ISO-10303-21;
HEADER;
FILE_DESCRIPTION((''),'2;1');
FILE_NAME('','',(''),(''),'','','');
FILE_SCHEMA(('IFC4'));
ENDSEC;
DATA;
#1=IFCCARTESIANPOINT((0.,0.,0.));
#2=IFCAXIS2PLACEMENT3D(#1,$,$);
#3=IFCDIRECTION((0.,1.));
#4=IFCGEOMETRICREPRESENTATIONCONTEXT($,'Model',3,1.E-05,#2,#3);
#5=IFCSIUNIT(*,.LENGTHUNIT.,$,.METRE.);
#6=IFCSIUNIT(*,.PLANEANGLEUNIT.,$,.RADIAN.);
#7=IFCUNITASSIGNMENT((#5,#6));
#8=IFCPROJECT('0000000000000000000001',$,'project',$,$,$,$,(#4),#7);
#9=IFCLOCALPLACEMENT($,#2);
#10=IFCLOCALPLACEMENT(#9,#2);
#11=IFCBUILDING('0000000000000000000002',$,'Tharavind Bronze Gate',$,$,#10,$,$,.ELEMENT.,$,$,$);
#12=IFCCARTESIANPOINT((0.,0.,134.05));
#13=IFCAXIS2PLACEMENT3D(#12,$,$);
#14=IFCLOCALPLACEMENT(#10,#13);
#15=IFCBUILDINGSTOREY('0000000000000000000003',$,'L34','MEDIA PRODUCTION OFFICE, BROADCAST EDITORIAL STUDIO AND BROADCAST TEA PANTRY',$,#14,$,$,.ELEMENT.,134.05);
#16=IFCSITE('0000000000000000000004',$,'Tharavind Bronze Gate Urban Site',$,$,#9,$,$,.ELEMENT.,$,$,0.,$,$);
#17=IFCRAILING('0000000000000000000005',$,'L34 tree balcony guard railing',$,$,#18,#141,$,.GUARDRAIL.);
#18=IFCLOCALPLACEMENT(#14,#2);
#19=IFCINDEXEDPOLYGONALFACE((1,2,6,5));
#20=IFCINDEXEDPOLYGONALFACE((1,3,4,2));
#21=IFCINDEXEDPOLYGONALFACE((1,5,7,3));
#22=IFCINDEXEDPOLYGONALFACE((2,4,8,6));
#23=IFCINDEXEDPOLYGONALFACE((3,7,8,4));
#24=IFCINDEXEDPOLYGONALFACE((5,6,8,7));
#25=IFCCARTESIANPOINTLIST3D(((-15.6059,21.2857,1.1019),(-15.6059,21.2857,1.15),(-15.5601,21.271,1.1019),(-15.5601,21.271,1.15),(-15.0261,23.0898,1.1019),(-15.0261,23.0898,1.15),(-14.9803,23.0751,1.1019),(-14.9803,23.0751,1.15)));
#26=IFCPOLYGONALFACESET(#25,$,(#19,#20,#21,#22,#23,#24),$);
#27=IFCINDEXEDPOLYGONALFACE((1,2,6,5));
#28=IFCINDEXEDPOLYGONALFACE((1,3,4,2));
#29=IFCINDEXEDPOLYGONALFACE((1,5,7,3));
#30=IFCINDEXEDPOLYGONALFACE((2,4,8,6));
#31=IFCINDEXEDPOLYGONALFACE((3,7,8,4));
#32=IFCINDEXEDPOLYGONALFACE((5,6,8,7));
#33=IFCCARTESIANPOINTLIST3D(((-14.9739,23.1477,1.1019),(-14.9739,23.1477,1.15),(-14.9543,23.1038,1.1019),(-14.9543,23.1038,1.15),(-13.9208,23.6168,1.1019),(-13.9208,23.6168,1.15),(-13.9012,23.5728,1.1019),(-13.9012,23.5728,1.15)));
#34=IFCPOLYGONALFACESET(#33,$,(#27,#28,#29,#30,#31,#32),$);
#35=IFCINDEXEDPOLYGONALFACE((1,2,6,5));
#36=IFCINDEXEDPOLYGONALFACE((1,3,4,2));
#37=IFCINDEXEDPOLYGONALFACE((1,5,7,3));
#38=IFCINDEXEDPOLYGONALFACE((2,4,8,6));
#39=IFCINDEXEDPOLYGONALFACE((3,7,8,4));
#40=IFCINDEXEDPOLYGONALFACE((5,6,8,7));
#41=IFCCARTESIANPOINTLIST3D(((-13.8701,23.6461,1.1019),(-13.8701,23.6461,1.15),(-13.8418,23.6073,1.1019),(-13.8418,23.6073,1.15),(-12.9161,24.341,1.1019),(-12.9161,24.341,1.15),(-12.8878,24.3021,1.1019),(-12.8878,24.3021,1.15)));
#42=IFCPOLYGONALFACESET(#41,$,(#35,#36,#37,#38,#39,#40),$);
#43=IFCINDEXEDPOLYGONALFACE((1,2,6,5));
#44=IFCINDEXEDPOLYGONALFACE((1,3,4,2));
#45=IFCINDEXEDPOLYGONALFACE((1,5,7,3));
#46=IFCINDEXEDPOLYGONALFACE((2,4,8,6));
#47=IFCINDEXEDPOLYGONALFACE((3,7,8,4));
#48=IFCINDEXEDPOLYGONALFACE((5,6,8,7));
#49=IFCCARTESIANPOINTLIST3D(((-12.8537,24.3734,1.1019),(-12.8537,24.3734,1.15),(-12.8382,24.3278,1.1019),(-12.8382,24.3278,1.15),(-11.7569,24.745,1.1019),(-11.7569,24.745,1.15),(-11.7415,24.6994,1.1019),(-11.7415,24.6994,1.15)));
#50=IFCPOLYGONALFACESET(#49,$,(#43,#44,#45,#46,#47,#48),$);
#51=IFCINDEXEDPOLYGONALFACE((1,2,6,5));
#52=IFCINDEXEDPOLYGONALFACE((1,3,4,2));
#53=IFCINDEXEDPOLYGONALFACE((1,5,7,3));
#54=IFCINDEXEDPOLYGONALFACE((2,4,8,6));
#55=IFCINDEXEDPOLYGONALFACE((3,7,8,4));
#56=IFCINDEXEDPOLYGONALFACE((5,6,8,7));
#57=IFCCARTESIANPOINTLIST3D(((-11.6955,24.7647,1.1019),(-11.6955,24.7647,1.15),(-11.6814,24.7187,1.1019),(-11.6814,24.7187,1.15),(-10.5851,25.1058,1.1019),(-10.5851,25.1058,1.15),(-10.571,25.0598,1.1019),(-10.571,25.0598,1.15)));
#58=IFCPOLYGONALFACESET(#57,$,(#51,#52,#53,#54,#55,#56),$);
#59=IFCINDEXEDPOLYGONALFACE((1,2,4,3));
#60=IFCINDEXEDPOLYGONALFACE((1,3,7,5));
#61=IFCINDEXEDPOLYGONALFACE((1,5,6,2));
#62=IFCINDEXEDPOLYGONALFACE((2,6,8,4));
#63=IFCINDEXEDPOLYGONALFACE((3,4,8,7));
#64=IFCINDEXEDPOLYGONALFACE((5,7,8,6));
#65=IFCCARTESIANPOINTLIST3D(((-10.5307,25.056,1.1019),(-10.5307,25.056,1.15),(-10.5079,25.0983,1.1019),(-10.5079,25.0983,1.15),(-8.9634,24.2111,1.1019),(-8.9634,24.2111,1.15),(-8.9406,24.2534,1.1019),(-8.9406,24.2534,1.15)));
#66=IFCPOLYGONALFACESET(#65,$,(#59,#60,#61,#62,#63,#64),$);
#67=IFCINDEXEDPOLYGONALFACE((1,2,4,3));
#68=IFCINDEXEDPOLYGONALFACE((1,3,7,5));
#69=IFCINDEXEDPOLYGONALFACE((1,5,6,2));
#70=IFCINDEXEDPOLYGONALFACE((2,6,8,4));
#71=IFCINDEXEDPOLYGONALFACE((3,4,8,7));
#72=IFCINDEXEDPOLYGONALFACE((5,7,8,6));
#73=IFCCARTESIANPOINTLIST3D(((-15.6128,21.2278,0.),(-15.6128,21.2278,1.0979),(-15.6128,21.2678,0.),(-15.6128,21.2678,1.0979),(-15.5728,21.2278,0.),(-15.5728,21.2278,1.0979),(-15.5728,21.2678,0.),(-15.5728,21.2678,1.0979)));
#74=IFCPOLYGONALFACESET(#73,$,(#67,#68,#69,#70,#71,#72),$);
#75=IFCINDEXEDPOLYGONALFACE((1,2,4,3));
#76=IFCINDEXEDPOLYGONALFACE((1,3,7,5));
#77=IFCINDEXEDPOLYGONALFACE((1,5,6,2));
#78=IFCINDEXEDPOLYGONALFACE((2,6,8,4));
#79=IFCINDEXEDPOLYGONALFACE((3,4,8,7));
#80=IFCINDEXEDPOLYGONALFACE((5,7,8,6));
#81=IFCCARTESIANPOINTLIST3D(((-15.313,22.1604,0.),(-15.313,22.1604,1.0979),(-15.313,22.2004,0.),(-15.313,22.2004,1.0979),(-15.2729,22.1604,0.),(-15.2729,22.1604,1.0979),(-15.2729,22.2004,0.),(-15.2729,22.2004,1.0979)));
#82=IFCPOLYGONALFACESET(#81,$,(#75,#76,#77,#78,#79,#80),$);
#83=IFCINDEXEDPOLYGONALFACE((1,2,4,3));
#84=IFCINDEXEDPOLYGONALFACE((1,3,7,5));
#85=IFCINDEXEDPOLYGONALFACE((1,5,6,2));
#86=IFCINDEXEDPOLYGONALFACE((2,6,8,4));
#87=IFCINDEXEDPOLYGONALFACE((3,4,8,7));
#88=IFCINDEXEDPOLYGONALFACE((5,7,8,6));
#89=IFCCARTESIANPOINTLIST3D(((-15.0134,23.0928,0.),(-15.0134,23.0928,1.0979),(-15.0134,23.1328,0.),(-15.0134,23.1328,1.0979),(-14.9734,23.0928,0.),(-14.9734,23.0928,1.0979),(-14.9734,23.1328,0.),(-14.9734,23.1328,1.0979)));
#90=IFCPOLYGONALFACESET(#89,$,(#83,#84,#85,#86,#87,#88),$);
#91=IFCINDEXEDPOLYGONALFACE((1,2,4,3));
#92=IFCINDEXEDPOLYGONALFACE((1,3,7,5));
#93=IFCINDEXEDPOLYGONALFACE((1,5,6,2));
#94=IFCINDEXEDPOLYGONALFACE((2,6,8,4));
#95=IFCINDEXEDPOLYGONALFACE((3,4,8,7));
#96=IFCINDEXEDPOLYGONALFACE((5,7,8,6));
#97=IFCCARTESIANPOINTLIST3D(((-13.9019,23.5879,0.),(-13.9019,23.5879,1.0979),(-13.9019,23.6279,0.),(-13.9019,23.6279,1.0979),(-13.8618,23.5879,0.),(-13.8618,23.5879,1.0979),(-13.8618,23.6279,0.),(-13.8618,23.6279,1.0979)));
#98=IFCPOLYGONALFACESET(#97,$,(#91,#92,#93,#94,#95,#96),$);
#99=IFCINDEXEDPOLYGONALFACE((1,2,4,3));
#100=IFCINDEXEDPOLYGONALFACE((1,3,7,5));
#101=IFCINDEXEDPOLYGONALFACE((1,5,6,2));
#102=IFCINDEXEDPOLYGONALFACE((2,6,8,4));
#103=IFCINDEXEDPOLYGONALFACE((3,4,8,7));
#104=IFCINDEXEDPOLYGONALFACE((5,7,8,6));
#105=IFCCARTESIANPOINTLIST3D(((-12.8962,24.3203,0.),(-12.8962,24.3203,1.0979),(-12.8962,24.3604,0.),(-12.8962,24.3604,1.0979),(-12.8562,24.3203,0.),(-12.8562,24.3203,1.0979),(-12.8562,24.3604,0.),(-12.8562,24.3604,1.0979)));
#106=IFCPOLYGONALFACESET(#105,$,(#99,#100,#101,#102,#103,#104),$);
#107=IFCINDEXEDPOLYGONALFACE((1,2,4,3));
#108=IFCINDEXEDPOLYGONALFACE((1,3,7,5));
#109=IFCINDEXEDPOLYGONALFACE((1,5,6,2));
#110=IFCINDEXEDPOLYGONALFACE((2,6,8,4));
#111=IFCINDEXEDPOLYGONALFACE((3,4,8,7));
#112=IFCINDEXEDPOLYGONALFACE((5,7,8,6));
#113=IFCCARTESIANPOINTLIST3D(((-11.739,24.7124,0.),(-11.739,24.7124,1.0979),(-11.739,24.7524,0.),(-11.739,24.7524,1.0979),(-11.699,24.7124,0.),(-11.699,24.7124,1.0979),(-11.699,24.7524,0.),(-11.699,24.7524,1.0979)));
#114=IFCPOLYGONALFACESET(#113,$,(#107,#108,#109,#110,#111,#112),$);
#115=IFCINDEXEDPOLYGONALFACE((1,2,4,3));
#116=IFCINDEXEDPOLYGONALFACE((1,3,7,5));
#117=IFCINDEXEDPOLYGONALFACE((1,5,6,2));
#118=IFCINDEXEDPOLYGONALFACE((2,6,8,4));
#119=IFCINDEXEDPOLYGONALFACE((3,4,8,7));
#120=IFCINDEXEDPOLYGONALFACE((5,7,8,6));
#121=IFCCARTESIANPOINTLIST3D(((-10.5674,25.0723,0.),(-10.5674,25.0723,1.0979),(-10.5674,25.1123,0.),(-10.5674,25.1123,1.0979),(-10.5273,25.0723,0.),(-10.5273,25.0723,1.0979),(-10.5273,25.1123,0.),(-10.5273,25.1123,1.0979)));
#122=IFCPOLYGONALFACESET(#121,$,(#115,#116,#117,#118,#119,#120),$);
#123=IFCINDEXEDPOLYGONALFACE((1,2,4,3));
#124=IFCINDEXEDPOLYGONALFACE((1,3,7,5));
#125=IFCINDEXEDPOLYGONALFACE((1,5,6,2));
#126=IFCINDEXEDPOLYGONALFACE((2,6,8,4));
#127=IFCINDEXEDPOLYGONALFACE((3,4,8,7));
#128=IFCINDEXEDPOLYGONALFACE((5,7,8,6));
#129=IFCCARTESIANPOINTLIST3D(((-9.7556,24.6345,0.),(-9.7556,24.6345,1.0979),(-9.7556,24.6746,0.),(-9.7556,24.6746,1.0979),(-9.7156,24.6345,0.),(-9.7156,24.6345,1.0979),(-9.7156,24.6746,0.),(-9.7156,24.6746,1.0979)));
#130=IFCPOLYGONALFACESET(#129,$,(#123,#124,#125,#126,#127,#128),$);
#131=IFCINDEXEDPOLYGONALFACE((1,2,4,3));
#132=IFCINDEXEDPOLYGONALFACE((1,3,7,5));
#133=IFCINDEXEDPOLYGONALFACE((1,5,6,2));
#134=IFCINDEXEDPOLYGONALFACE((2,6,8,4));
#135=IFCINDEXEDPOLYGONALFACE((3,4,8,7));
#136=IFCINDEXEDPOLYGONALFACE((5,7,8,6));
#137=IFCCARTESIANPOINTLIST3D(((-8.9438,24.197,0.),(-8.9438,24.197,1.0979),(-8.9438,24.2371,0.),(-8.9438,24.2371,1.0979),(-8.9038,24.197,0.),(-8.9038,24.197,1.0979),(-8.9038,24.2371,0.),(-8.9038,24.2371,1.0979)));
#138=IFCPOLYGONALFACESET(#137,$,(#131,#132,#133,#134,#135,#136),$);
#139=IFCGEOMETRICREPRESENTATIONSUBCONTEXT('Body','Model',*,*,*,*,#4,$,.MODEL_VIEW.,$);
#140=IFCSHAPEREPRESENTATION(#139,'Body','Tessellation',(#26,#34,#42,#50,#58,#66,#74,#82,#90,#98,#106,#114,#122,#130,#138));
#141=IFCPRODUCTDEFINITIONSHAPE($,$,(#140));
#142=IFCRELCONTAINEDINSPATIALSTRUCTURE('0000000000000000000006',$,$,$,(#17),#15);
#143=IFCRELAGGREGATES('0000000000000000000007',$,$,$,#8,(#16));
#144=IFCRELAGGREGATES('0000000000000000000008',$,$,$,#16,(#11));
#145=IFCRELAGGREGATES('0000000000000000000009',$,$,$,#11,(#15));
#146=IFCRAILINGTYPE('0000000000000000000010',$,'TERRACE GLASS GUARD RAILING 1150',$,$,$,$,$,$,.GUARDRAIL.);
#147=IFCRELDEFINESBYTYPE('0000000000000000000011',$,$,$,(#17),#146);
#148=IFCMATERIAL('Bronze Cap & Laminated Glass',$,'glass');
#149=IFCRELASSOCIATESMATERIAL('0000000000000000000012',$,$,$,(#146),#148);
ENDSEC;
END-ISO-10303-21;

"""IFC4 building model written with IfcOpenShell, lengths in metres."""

from ifc_helpers import new_model, si_unit, direction, frame, origin, origin_2d, place, context, subcontext, project, spatial, rectangle, extrude, material, type_object, element, save


model = new_model("IFC4")

# Units and contexts
model_context = context("Model", 3, precision=1e-05, world=origin(), true_north=direction((0.0, 1.0)))
body_context = subcontext(model_context, "Body", "Model", "MODEL_VIEW")
ifc_project = project(units=[si_unit("LENGTHUNIT", "METRE"), si_unit("PLANEANGLEUNIT", "RADIAN")], contexts=[model_context])

# Site, building, storey
site_placement = place(None, origin())
site = spatial("IfcSite", under=ifc_project, at=site_placement, Name="Tharavind Bronze Gate Urban Site", CompositionType="ELEMENT", RefElevation=0.0)
building_placement = place(site_placement, origin())
building = spatial("IfcBuilding", under=site, at=building_placement, Name="Tharavind Bronze Gate", CompositionType="ELEMENT")
storey_placement = place(building_placement, frame((0.0, 0.0, 134.05)))
storey = spatial("IfcBuildingStorey", under=building, at=storey_placement, Name="L34", Description="MEDIA PRODUCTION OFFICE, BROADCAST EDITORIAL STUDIO AND BROADCAST TEA PANTRY", CompositionType="ELEMENT", Elevation=134.05)

# Railing
ifc_material_1 = material(Name="Bronze Cap & Laminated Glass", Category="glass")
railing_type = type_object("IfcRailingType", Name="TERRACE GLASS GUARD RAILING 1150", PredefinedType="GUARDRAIL", material=ifc_material_1)
railing_placement = place(storey_placement, frame((-15.5928, 21.2478, 0.0)))
element("IfcRailing", 1, at=railing_placement, inside=storey, type_object=railing_type, Name="L34 tree balcony guard railing", PredefinedType="GUARDRAIL", context=body_context, shape_type="SweptSolid", body=[
    extrude(rectangle(XDim=0.0481, YDim=0.0481, at=origin_2d()), frame((0.0098, 0.0305, 1.126), z_axis=(0.305965, 0.952043, 0.0), x_axis=(-0.952043, 0.305965, 0.0)), (0.0, 0.0, 1.0), 1.895),
    extrude(rectangle(XDim=0.0481, YDim=0.0481, at=origin_2d()), frame((0.6287, 1.8779, 1.126), z_axis=(0.91348, 0.406883, 0.0), x_axis=(-0.406883, 0.91348, 0.0)), (0.0, 0.0, 1.0), 1.1528),
    extrude(rectangle(XDim=0.0481, YDim=0.0481, at=origin_2d()), frame((1.7368, 2.3789, 1.126), z_axis=(0.808329, 0.588732, 0.0), x_axis=(-0.588732, 0.808329, 0.0)), (0.0, 0.0, 1.0), 1.1802),
    extrude(rectangle(XDim=0.0481, YDim=0.0481, at=origin_2d()), frame((2.7468, 3.1028, 1.126), z_axis=(0.947113, 0.3209, 0.0), x_axis=(-0.3209, 0.947113, 0.0)), (0.0, 0.0, 1.0), 1.158),
    extrude(rectangle(XDim=0.0481, YDim=0.0481, at=origin_2d()), frame((3.9043, 3.4939, 1.126), z_axis=(0.955925, 0.29361, 0.0), x_axis=(-0.29361, 0.955925, 0.0)), (0.0, 0.0, 1.0), 1.1616),
    extrude(rectangle(XDim=0.0481, YDim=0.0481, at=origin_2d()), frame((5.0735, 3.8293, 1.126), z_axis=(0.880237, -0.474534, 0.0), x_axis=(0.474534, 0.880237, 0.0)), (0.0, 0.0, 1.0), 1.7805),
    extrude(rectangle(XDim=0.04, YDim=0.04, at=origin_2d()), origin(), (0.0, 0.0, 1.0), 1.0979),
    extrude(rectangle(XDim=0.04, YDim=0.04, at=origin_2d()), frame((0.2998, 0.9326, 0.0)), (0.0, 0.0, 1.0), 1.0979),
    extrude(rectangle(XDim=0.04, YDim=0.04, at=origin_2d()), frame((0.5994, 1.865, 0.0)), (0.0, 0.0, 1.0), 1.0979),
    extrude(rectangle(XDim=0.04, YDim=0.04, at=origin_2d()), frame((1.7109, 2.3601, 0.0)), (0.0, 0.0, 1.0), 1.0979),
    extrude(rectangle(XDim=0.04, YDim=0.04, at=origin_2d()), frame((2.7166, 3.0925, 0.0)), (0.0, 0.0, 1.0), 1.0979),
    extrude(rectangle(XDim=0.04, YDim=0.04, at=origin_2d()), frame((3.8738, 3.4846, 0.0)), (0.0, 0.0, 1.0), 1.0979),
    extrude(rectangle(XDim=0.04, YDim=0.04, at=origin_2d()), frame((5.0454, 3.8445, 0.0)), (0.0, 0.0, 1.0), 1.0979),
    extrude(rectangle(XDim=0.04, YDim=0.04, at=origin_2d()), frame((5.8572, 3.4067, 0.0)), (0.0, 0.0, 1.0), 1.0979),
    extrude(rectangle(XDim=0.04, YDim=0.04, at=origin_2d()), frame((6.6689, 2.9692, 0.0)), (0.0, 0.0, 1.0), 1.0979),
])

save(model, "model.ifc")
